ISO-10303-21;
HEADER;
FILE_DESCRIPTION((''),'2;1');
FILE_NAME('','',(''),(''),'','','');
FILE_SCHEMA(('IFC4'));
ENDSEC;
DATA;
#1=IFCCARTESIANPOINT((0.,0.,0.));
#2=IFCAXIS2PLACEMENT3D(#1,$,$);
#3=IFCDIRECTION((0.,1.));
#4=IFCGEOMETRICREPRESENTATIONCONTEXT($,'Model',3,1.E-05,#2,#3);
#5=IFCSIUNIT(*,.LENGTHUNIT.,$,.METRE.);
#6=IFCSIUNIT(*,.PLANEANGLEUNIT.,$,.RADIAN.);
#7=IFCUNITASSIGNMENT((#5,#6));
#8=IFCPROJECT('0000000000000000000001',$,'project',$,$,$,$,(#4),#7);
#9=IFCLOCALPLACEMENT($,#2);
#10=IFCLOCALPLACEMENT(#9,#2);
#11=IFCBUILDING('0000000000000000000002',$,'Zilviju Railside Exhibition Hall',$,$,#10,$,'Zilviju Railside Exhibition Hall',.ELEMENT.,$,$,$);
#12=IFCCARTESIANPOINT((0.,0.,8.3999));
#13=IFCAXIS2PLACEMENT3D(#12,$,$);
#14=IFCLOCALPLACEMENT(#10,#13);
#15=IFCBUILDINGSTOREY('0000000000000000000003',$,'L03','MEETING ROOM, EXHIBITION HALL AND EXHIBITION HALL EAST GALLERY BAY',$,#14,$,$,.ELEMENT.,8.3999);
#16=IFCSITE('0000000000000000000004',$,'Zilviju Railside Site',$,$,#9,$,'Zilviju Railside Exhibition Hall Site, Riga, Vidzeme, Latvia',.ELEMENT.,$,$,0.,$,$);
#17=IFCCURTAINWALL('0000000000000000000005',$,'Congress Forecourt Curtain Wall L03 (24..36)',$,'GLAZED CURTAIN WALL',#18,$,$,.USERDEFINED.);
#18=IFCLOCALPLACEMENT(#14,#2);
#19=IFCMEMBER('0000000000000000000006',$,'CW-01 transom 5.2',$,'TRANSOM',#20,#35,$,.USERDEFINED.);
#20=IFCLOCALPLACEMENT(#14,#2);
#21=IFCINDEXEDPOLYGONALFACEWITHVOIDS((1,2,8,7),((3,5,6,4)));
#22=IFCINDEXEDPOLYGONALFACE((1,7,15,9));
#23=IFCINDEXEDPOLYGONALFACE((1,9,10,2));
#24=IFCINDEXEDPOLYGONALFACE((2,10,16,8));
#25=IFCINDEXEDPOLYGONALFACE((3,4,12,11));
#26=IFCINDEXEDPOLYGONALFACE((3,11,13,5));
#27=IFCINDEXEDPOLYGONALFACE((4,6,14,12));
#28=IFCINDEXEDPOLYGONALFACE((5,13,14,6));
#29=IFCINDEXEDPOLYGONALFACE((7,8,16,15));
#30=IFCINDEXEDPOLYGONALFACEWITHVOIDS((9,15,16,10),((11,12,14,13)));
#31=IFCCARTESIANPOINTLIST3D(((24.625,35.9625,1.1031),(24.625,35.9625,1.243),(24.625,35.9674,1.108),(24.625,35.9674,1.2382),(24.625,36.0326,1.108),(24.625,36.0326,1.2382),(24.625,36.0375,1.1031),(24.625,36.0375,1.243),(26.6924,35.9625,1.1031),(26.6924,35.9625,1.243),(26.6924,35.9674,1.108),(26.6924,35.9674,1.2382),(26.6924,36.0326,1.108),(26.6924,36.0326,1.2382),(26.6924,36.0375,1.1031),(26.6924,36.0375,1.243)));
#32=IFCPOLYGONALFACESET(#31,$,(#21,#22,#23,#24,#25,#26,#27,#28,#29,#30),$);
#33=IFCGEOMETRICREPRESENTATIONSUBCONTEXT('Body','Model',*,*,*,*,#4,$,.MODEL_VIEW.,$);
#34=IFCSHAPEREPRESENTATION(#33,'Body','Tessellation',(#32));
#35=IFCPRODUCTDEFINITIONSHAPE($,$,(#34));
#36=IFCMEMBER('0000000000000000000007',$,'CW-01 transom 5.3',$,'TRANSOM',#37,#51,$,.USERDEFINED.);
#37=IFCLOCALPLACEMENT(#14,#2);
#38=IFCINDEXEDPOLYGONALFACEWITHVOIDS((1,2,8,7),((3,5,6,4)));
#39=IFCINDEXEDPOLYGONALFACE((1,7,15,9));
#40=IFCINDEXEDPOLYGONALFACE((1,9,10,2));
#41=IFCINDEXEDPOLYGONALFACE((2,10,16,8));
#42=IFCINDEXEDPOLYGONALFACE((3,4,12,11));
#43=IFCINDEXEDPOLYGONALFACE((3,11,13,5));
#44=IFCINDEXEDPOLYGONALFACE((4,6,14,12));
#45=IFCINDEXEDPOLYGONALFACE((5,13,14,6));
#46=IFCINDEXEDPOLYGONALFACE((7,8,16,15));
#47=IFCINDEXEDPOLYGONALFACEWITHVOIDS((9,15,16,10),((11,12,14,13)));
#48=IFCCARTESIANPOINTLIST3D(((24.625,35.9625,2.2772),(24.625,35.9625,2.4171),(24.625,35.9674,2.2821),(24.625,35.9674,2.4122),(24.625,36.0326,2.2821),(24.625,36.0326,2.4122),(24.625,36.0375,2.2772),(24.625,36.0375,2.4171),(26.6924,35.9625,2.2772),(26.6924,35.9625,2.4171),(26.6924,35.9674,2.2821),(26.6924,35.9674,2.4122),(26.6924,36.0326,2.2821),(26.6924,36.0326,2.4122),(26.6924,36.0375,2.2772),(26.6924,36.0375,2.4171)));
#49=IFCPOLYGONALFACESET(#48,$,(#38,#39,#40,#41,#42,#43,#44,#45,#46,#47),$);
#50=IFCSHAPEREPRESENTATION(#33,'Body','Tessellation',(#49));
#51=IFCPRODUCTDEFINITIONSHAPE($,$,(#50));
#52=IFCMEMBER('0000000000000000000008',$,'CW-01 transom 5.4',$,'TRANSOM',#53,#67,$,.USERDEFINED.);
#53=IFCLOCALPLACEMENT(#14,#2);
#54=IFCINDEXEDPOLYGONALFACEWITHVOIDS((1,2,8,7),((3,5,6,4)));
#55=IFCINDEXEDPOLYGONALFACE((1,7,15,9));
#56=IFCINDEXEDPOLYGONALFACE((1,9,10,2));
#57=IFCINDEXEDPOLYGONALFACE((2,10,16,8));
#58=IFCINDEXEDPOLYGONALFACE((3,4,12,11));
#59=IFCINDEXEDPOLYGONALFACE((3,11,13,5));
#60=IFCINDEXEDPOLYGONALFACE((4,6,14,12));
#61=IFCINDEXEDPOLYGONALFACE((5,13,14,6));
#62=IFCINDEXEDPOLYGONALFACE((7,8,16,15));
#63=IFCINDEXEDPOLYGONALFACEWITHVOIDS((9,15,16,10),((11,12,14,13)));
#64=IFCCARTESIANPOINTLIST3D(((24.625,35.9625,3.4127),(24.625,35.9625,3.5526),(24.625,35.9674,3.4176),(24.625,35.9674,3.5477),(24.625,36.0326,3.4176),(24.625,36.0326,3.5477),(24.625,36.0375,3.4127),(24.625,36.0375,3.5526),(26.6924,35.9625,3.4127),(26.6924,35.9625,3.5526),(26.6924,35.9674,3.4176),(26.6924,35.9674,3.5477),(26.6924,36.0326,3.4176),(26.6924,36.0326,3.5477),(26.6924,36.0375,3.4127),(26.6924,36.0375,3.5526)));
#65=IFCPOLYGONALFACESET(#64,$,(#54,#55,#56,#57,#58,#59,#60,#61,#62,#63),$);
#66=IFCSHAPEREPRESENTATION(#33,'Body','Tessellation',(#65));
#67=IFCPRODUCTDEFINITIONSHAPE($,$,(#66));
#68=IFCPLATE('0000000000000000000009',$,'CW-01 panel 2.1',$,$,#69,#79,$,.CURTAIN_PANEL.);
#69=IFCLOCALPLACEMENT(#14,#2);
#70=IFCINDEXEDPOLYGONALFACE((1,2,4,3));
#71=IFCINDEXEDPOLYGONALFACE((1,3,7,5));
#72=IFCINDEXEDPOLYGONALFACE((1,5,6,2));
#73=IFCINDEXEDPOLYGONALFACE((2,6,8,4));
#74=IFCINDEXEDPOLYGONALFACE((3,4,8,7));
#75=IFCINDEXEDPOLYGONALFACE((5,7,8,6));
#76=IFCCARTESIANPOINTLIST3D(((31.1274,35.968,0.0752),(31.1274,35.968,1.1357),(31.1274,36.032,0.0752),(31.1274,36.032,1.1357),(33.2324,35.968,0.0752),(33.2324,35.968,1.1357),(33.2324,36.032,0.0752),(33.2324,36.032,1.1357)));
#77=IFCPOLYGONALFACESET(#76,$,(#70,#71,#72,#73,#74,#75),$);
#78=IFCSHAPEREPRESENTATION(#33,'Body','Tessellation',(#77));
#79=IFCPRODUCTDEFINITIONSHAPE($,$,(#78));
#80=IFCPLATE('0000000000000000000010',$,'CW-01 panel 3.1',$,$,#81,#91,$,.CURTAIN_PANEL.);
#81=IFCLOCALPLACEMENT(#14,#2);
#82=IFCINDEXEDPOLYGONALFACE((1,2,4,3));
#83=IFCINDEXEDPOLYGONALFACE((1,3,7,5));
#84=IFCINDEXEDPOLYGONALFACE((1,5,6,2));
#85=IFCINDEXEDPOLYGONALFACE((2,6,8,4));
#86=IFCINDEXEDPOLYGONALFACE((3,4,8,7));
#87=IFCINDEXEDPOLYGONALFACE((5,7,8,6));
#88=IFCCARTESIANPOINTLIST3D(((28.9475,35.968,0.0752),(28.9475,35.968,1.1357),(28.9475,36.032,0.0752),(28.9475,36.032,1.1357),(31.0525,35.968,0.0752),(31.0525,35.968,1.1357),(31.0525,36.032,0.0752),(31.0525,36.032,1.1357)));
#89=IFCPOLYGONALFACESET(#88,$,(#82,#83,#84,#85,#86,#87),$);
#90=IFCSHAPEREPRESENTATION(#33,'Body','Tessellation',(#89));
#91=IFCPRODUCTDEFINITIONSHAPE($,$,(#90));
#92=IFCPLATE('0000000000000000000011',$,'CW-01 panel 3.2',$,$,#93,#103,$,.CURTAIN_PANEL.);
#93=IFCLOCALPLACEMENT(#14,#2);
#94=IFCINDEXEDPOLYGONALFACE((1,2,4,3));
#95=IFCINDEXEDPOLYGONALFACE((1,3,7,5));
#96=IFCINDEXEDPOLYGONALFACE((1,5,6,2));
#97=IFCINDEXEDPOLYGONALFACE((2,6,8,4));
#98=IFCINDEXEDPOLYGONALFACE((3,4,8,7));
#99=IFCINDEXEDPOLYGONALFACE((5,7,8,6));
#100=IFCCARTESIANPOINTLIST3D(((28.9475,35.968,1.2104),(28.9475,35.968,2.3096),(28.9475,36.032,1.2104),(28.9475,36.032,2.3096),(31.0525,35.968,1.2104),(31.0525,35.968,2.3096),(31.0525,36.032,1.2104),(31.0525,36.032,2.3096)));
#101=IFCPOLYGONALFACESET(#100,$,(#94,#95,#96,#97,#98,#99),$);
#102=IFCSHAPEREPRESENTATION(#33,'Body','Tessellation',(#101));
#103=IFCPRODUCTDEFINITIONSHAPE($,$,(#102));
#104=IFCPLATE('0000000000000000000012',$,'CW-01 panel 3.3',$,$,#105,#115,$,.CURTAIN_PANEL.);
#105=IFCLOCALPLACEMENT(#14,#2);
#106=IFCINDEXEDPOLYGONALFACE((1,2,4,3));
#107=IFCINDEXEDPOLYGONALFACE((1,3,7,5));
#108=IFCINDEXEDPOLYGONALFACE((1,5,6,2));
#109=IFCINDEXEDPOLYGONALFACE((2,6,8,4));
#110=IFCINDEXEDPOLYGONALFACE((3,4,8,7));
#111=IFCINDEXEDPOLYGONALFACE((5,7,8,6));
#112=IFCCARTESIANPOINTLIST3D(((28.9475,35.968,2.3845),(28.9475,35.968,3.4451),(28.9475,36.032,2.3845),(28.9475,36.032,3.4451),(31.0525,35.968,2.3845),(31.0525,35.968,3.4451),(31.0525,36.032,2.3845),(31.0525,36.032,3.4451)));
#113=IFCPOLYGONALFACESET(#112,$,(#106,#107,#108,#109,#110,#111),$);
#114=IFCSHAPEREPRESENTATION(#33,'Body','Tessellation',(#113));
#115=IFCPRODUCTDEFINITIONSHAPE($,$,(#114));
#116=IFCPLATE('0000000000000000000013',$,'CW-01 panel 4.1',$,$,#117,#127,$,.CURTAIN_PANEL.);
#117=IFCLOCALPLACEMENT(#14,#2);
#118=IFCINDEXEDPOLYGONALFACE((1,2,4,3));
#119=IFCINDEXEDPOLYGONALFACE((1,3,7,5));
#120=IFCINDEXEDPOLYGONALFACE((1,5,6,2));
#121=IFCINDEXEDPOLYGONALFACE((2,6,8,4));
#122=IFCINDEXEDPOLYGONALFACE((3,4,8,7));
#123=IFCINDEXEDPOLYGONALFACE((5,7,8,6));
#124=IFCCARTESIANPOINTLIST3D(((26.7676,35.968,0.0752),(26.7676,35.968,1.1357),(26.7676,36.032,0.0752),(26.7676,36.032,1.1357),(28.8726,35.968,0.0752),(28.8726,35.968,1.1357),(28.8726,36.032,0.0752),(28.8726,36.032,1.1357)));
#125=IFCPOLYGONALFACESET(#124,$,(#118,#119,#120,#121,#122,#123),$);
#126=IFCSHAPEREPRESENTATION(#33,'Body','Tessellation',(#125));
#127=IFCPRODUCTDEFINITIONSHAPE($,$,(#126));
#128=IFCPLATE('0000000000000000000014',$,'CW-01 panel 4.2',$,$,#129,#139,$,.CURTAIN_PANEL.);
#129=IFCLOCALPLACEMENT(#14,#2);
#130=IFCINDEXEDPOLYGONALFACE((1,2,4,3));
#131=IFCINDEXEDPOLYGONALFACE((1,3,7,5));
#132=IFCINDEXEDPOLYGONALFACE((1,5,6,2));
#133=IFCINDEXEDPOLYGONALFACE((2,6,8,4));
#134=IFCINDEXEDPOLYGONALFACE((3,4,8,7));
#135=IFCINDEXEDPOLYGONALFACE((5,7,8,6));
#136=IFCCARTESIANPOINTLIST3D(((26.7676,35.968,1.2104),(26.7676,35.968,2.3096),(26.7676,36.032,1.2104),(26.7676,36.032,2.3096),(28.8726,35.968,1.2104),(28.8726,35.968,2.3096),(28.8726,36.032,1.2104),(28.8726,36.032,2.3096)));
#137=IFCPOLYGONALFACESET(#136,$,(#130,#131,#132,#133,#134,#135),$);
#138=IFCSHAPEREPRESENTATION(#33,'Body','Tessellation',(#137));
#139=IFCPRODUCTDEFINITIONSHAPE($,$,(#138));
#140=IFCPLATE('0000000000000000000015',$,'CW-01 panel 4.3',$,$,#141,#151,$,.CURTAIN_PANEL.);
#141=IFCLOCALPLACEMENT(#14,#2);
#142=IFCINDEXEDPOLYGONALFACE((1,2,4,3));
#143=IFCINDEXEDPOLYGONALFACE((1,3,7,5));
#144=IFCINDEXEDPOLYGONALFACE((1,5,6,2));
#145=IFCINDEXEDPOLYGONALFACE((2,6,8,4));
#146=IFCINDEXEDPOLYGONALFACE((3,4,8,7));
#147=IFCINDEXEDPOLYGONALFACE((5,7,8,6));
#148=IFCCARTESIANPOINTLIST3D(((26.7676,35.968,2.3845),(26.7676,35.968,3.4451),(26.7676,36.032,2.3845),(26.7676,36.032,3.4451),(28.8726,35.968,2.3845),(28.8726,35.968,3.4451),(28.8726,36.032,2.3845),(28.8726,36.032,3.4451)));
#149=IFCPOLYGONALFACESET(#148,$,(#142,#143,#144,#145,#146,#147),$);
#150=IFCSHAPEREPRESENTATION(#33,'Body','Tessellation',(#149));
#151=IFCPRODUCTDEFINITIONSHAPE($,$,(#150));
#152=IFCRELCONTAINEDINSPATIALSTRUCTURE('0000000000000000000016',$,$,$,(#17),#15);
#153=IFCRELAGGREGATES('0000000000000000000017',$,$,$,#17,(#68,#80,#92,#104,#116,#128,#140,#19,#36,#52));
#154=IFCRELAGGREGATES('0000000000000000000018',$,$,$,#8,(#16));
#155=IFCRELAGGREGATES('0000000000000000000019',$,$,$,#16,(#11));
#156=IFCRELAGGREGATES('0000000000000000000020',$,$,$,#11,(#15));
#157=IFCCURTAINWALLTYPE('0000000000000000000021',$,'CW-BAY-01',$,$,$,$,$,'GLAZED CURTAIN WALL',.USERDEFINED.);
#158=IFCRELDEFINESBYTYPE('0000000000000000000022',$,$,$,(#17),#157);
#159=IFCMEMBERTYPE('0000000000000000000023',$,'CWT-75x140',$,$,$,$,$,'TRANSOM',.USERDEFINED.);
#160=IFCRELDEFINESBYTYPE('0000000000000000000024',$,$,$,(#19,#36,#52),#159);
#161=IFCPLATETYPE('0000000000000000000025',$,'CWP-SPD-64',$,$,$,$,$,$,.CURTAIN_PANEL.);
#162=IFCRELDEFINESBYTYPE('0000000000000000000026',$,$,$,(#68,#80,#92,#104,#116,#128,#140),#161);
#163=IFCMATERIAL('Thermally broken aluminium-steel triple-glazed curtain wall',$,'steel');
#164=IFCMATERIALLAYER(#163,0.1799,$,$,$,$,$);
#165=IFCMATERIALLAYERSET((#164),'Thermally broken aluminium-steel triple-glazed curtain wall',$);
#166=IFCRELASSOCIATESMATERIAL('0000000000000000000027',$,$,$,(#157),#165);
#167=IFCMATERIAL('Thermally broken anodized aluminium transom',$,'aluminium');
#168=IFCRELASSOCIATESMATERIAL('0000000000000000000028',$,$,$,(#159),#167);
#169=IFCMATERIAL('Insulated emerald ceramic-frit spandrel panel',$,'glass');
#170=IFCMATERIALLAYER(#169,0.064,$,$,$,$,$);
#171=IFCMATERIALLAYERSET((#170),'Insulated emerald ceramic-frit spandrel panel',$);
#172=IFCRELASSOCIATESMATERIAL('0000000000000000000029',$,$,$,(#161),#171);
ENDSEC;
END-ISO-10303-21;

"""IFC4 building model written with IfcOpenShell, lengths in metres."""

from ifc_helpers import new_model, si_unit, direction, frame, origin, origin_2d, place, context, subcontext, project, spatial, rectangle, hollow_rectangle, extrude, material, layer, layer_set, material_profile, profile_set, type_object, element, aggregate, save


model = new_model("IFC4")

# Units and contexts
model_context = context("Model", 3, precision=1e-05, world=origin(), true_north=direction((0.0, 1.0)))
body_context = subcontext(model_context, "Body", "Model", "MODEL_VIEW")
ifc_project = project(units=[si_unit("LENGTHUNIT", "METRE"), si_unit("PLANEANGLEUNIT", "RADIAN")], contexts=[model_context])

# Site, building, storey
site_placement = place(None, origin())
site = spatial("IfcSite", under=ifc_project, at=site_placement, Name="Zilviju Railside Site", LongName="Zilviju Railside Exhibition Hall Site, Riga, Vidzeme, Latvia", CompositionType="ELEMENT", RefElevation=0.0)
building_placement = place(site_placement, origin())
building = spatial("IfcBuilding", under=site, at=building_placement, Name="Zilviju Railside Exhibition Hall", LongName="Zilviju Railside Exhibition Hall", CompositionType="ELEMENT")
storey_placement = place(building_placement, frame((0.0, 0.0, 8.3999)))
storey = spatial("IfcBuildingStorey", under=building, at=storey_placement, Name="L03", Description="MEETING ROOM, EXHIBITION HALL AND EXHIBITION HALL EAST GALLERY BAY", CompositionType="ELEMENT", Elevation=8.3999)

# Curtain wall, members, plates
ifc_material_1 = material(Name="Thermally broken aluminium-steel triple-glazed curtain wall", Category="steel")
ifc_layer_1 = layer(ifc_material_1, 0.1799)
ifc_layer_set_1 = layer_set([ifc_layer_1], Name="Thermally broken aluminium-steel triple-glazed curtain wall")
curtain_wall_type = type_object("IfcCurtainWallType", Name="CW-BAY-01", ElementType="GLAZED CURTAIN WALL", PredefinedType="USERDEFINED", material=ifc_layer_set_1)
curtain_wall_placement = place(storey_placement, origin())
curtain_wall = element("IfcCurtainWall", 1, at=curtain_wall_placement, inside=storey, type_object=curtain_wall_type, Name="Congress Forecourt Curtain Wall L03 (24..36)", ObjectType="GLAZED CURTAIN WALL", PredefinedType="USERDEFINED")
ifc_material_2 = material(Name="Thermally broken anodized aluminium transom", Category="aluminium")
ifc_material_profile_1 = material_profile(ifc_material_2, hollow_rectangle(XDim=0.075, YDim=0.1399, WallThickness=0.0049, at=origin_2d()), Name="TRANSOM 140x75x5")
ifc_profile_set_1 = profile_set([ifc_material_profile_1], Name="Thermally broken anodized aluminium transom")
member_type_1 = type_object("IfcMemberType", Name="CWT-75x140", ElementType="TRANSOM", PredefinedType="USERDEFINED", material=ifc_profile_set_1)
member_1_placement = place(storey_placement, frame((26.6924, 36.0, 1.1731), z_axis=(-1.0, 0.0, 0.0), x_axis=(0.0, -1.0, 0.0)))
member_1 = element("IfcMember", 2, at=member_1_placement, type_object=member_type_1, Name="CW-01 transom 5.2", ObjectType="TRANSOM", PredefinedType="USERDEFINED", context=body_context, shape_type="SweptSolid", body=[
    extrude(hollow_rectangle(XDim=0.075, YDim=0.1399, WallThickness=0.0049, at=origin_2d()), origin(), (0.0, 0.0, 1.0), 2.0674),
])
member_2_placement = place(storey_placement, frame((26.6924, 36.0, 2.3472), z_axis=(-1.0, 0.0, 0.0), x_axis=(0.0, -1.0, 0.0)))
member_2 = element("IfcMember", 3, at=member_2_placement, type_object=member_type_1, Name="CW-01 transom 5.3", ObjectType="TRANSOM", PredefinedType="USERDEFINED", context=body_context, shape_type="SweptSolid", body=[
    extrude(hollow_rectangle(XDim=0.075, YDim=0.1399, WallThickness=0.0049, at=origin_2d()), origin(), (0.0, 0.0, 1.0), 2.0674),
])
member_3_placement = place(storey_placement, frame((26.6924, 36.0, 3.4827), z_axis=(-1.0, 0.0, 0.0), x_axis=(0.0, -1.0, 0.0)))
member_3 = element("IfcMember", 4, at=member_3_placement, type_object=member_type_1, Name="CW-01 transom 5.4", ObjectType="TRANSOM", PredefinedType="USERDEFINED", context=body_context, shape_type="SweptSolid", body=[
    extrude(hollow_rectangle(XDim=0.075, YDim=0.1399, WallThickness=0.0049, at=origin_2d()), origin(), (0.0, 0.0, 1.0), 2.0674),
])
ifc_material_3 = material(Name="Insulated emerald ceramic-frit spandrel panel", Category="glass")
ifc_layer_2 = layer(ifc_material_3, 0.064)
ifc_layer_set_2 = layer_set([ifc_layer_2], Name="Insulated emerald ceramic-frit spandrel panel")
plate_type = type_object("IfcPlateType", Name="CWP-SPD-64", PredefinedType="CURTAIN_PANEL", material=ifc_layer_set_2)
plate_1_placement = place(storey_placement, frame((32.1799, 36.0, 0.0752), z_axis=(0.0, 0.0, 1.0), x_axis=(-1.0, 0.0, 0.0)))
plate_1 = element("IfcPlate", 5, at=plate_1_placement, type_object=plate_type, Name="CW-01 panel 2.1", PredefinedType="CURTAIN_PANEL", context=body_context, shape_type="SweptSolid", body=[
    extrude(rectangle(XDim=2.105, YDim=0.064, at=origin_2d()), origin(), (0.0, 0.0, 1.0), 1.0605),
])
plate_2_placement = place(storey_placement, frame((30.0, 36.0, 0.0752), z_axis=(0.0, 0.0, 1.0), x_axis=(-1.0, 0.0, 0.0)))
plate_2 = element("IfcPlate", 6, at=plate_2_placement, type_object=plate_type, Name="CW-01 panel 3.1", PredefinedType="CURTAIN_PANEL", context=body_context, shape_type="SweptSolid", body=[
    extrude(rectangle(XDim=2.105, YDim=0.064, at=origin_2d()), origin(), (0.0, 0.0, 1.0), 1.0605),
])
plate_3_placement = place(storey_placement, frame((30.0, 36.0, 1.2104), z_axis=(0.0, 0.0, 1.0), x_axis=(-1.0, 0.0, 0.0)))
plate_3 = element("IfcPlate", 7, at=plate_3_placement, type_object=plate_type, Name="CW-01 panel 3.2", PredefinedType="CURTAIN_PANEL", context=body_context, shape_type="SweptSolid", body=[
    extrude(rectangle(XDim=2.105, YDim=0.064, at=origin_2d()), origin(), (0.0, 0.0, 1.0), 1.0991),
])
plate_4_placement = place(storey_placement, frame((30.0, 36.0, 2.3845), z_axis=(0.0, 0.0, 1.0), x_axis=(-1.0, 0.0, 0.0)))
plate_4 = element("IfcPlate", 8, at=plate_4_placement, type_object=plate_type, Name="CW-01 panel 3.3", PredefinedType="CURTAIN_PANEL", context=body_context, shape_type="SweptSolid", body=[
    extrude(rectangle(XDim=2.105, YDim=0.064, at=origin_2d()), origin(), (0.0, 0.0, 1.0), 1.0605),
])
plate_5_placement = place(storey_placement, frame((27.8201, 36.0, 0.0752), z_axis=(0.0, 0.0, 1.0), x_axis=(-1.0, 0.0, 0.0)))
plate_5 = element("IfcPlate", 9, at=plate_5_placement, type_object=plate_type, Name="CW-01 panel 4.1", PredefinedType="CURTAIN_PANEL", context=body_context, shape_type="SweptSolid", body=[
    extrude(rectangle(XDim=2.105, YDim=0.064, at=origin_2d()), origin(), (0.0, 0.0, 1.0), 1.0605),
])
plate_6_placement = place(storey_placement, frame((27.8201, 36.0, 1.2104), z_axis=(0.0, 0.0, 1.0), x_axis=(-1.0, 0.0, 0.0)))
plate_6 = element("IfcPlate", 10, at=plate_6_placement, type_object=plate_type, Name="CW-01 panel 4.2", PredefinedType="CURTAIN_PANEL", context=body_context, shape_type="SweptSolid", body=[
    extrude(rectangle(XDim=2.105, YDim=0.064, at=origin_2d()), origin(), (0.0, 0.0, 1.0), 1.0991),
])
plate_7_placement = place(storey_placement, frame((27.8201, 36.0, 2.3845), z_axis=(0.0, 0.0, 1.0), x_axis=(-1.0, 0.0, 0.0)))
plate_7 = element("IfcPlate", 11, at=plate_7_placement, type_object=plate_type, Name="CW-01 panel 4.3", PredefinedType="CURTAIN_PANEL", context=body_context, shape_type="SweptSolid", body=[
    extrude(rectangle(XDim=2.105, YDim=0.064, at=origin_2d()), origin(), (0.0, 0.0, 1.0), 1.0605),
])
aggregate(curtain_wall, [plate_1, plate_2, plate_3, plate_4, plate_5, plate_6, plate_7, member_1, member_2, member_3])

save(model, "model.ifc")
